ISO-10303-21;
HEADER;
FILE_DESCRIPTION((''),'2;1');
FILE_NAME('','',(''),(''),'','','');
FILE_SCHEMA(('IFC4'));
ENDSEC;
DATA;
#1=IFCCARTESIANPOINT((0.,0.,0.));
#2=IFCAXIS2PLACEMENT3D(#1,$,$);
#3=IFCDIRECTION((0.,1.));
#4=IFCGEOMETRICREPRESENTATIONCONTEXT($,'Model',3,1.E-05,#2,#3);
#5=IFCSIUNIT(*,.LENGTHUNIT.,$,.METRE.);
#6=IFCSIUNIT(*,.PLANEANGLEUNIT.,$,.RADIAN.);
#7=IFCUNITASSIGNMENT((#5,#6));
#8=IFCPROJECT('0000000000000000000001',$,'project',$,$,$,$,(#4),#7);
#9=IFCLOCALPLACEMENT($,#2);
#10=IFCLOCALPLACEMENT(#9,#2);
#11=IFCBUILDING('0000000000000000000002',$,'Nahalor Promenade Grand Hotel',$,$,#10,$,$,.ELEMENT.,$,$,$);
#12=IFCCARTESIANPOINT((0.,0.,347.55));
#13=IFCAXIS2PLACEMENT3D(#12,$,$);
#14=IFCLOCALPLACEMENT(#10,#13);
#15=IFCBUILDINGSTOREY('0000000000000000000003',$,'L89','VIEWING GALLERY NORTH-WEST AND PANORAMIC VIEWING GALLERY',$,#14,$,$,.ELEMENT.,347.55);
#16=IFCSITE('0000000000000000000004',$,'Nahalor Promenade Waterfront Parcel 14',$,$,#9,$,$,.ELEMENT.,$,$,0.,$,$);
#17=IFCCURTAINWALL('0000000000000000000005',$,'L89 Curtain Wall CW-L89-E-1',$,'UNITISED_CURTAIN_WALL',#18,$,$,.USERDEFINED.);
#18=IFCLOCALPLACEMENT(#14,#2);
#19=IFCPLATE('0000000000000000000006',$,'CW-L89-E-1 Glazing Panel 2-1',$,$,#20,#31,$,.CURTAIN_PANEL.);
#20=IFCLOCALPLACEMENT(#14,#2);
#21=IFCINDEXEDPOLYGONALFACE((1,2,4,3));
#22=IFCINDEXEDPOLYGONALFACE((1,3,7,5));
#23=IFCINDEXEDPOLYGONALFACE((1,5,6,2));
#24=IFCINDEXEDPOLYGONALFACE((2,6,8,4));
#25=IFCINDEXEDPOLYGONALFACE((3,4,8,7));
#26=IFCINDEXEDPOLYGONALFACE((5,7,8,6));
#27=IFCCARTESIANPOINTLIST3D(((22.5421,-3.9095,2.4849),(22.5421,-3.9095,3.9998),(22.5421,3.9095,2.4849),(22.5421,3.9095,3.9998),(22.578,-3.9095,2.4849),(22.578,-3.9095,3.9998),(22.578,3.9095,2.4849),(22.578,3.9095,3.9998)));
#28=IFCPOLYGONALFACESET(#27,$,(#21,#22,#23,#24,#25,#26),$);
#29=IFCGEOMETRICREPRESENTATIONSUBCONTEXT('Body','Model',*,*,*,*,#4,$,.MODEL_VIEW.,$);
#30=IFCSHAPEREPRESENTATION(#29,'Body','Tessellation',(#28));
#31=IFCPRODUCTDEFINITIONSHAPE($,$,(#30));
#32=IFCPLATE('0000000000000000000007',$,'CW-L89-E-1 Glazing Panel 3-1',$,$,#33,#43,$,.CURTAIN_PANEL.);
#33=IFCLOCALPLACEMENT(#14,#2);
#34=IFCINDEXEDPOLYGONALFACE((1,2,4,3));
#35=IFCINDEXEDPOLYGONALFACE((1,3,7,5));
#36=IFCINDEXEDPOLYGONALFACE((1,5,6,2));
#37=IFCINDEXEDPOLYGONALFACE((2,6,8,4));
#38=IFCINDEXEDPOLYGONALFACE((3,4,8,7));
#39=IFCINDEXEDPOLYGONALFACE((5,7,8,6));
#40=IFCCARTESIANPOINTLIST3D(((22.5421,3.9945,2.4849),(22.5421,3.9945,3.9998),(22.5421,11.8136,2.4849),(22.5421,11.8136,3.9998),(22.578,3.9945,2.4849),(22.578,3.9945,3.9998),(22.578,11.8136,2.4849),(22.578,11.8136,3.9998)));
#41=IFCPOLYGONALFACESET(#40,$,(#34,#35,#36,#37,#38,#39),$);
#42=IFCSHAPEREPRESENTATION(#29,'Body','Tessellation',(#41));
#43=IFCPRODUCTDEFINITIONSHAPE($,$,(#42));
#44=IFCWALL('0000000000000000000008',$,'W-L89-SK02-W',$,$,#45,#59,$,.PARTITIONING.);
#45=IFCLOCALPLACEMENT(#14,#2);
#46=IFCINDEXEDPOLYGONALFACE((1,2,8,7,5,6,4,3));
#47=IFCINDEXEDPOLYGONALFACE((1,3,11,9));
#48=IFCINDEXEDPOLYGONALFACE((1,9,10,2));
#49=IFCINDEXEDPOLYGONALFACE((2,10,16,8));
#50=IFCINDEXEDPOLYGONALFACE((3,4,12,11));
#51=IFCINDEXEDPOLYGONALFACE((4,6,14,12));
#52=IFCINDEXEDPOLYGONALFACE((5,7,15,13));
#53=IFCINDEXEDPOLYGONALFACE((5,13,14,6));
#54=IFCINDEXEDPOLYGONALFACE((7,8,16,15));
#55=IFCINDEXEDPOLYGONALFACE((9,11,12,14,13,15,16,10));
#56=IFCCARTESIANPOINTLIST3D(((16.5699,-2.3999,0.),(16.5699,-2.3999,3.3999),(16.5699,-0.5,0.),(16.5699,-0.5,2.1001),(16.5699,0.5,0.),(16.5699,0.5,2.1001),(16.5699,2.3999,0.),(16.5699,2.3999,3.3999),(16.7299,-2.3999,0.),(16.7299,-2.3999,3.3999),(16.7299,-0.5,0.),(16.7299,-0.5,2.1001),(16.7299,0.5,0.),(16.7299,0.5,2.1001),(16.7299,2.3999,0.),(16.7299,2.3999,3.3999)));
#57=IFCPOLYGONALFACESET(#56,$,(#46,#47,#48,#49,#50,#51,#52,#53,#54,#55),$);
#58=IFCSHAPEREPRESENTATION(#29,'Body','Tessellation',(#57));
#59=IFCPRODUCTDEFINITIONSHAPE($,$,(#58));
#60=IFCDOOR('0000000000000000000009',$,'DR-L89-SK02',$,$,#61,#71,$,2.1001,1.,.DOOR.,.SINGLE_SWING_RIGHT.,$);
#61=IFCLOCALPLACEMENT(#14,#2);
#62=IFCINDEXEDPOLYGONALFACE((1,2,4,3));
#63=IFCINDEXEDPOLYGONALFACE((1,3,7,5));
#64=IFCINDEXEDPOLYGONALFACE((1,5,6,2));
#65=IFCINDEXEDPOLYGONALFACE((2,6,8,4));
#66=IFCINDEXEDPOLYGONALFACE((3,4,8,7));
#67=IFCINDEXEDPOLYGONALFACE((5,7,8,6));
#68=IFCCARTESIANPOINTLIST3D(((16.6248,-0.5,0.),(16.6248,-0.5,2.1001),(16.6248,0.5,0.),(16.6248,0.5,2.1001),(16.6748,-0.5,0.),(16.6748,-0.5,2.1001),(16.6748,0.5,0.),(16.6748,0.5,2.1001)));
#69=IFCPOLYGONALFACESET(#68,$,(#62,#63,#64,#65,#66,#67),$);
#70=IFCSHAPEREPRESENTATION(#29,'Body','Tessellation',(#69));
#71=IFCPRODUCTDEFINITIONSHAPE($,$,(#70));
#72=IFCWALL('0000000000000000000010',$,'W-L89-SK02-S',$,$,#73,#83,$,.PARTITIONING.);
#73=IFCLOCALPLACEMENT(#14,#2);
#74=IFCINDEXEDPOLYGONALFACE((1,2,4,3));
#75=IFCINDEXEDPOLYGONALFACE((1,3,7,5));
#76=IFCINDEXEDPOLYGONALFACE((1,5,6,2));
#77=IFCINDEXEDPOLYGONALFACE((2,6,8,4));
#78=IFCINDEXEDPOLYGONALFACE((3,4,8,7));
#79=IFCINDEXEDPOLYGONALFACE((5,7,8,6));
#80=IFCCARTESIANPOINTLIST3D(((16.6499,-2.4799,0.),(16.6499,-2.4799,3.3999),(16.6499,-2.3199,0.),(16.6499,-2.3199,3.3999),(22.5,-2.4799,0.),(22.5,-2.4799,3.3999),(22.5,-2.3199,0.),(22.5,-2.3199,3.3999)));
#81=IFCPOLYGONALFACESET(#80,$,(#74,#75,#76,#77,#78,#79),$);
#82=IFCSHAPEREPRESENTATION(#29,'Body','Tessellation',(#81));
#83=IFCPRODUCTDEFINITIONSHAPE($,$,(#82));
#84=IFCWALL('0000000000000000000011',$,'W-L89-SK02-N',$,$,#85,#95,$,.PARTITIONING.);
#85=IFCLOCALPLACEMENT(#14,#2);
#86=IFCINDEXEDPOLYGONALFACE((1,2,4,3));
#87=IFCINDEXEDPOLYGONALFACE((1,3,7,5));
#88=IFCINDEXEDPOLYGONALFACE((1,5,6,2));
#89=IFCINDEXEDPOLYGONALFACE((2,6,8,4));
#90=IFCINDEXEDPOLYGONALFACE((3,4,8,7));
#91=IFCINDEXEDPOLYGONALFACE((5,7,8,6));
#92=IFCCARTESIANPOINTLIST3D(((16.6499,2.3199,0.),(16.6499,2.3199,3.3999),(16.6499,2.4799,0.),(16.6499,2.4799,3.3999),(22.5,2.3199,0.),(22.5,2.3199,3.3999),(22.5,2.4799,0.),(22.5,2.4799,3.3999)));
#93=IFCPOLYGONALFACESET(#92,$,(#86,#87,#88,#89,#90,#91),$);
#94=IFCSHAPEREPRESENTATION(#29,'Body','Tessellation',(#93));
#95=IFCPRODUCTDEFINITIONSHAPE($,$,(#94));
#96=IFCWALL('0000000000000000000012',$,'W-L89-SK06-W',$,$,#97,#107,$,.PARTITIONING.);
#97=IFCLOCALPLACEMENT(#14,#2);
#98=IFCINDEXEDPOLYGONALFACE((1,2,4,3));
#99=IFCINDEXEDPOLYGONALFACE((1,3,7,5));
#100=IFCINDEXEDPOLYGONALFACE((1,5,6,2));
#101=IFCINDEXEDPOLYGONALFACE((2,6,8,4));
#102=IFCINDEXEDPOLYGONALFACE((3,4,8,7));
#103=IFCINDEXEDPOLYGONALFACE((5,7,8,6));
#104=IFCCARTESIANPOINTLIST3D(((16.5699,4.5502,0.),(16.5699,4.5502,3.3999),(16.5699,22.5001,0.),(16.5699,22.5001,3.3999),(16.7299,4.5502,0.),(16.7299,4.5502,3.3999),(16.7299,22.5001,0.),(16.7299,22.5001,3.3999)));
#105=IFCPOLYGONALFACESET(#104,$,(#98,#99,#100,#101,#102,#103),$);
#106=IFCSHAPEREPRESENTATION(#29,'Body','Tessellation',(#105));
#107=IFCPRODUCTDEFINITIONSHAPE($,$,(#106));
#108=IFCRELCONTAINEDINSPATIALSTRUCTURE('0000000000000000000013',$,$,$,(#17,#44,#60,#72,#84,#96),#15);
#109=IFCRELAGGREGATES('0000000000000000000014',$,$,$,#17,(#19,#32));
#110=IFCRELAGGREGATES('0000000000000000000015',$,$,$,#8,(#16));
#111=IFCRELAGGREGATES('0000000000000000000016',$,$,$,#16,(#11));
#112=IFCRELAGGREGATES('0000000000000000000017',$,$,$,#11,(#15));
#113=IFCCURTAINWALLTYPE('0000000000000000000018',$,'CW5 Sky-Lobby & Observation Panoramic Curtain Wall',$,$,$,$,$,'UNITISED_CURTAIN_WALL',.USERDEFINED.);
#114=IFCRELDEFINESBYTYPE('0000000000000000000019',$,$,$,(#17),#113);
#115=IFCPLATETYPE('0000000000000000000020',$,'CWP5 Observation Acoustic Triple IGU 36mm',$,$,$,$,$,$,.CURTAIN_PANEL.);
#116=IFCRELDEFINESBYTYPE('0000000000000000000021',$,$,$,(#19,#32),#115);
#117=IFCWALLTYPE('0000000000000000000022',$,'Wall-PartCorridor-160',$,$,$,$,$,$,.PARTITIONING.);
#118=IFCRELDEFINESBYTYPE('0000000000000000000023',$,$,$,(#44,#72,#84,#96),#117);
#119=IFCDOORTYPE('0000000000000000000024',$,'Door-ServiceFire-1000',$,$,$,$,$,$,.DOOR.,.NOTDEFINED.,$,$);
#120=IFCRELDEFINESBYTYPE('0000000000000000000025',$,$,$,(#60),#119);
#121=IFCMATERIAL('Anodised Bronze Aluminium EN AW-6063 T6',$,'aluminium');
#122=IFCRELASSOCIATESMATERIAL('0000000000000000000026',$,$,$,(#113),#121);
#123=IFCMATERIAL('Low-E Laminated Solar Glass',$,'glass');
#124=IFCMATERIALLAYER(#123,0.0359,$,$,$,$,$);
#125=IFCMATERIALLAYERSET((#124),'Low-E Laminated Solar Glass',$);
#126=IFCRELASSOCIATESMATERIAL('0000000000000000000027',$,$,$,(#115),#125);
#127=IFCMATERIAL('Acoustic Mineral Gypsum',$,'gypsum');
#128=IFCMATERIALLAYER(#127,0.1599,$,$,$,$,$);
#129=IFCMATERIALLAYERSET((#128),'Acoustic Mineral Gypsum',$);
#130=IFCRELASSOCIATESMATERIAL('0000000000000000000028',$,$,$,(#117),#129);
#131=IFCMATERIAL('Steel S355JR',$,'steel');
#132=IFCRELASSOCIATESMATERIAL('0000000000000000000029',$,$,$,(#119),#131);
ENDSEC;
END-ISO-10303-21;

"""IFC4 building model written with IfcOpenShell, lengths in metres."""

from ifc_helpers import new_model, si_unit, direction, frame, frame_2d, origin, origin_2d, place, context, subcontext, project, spatial, rectangle, extrude, source, transform, mapped, material, layer, layer_set, type_object, element, fill, aggregate, save


model = new_model("IFC4")

# Units and contexts
model_context = context("Model", 3, precision=1e-05, world=origin(), true_north=direction((0.0, 1.0)))
body_context = subcontext(model_context, "Body", "Model", "MODEL_VIEW")
ifc_project = project(units=[si_unit("LENGTHUNIT", "METRE"), si_unit("PLANEANGLEUNIT", "RADIAN")], contexts=[model_context])

# Site, building, storey
site_placement = place(None, origin())
site = spatial("IfcSite", under=ifc_project, at=site_placement, Name="Nahalor Promenade Waterfront Parcel 14", CompositionType="ELEMENT", RefElevation=0.0)
building_placement = place(site_placement, origin())
building = spatial("IfcBuilding", under=site, at=building_placement, Name="Nahalor Promenade Grand Hotel", CompositionType="ELEMENT")
storey_placement = place(building_placement, frame((0.0, 0.0, 347.55)))
storey = spatial("IfcBuildingStorey", under=building, at=storey_placement, Name="L89", Description="VIEWING GALLERY NORTH-WEST AND PANORAMIC VIEWING GALLERY", CompositionType="ELEMENT", Elevation=347.55)

# Shared definitions
ifc_material_1 = material(Name="Steel S355JR", Category="steel")

# Curtain wall, plates
ifc_material_2 = material(Name="Anodised Bronze Aluminium EN AW-6063 T6", Category="aluminium")
curtain_wall_type = type_object("IfcCurtainWallType", Name="CW5 Sky-Lobby & Observation Panoramic Curtain Wall", ElementType="UNITISED_CURTAIN_WALL", PredefinedType="USERDEFINED", material=ifc_material_2)
curtain_wall_placement = place(storey_placement, origin())
curtain_wall = element("IfcCurtainWall", 1, at=curtain_wall_placement, inside=storey, type_object=curtain_wall_type, Name="L89 Curtain Wall CW-L89-E-1", ObjectType="UNITISED_CURTAIN_WALL", PredefinedType="USERDEFINED")
ifc_material_3 = material(Name="Low-E Laminated Solar Glass", Category="glass")
ifc_layer_1 = layer(ifc_material_3, 0.0359)
ifc_layer_set_1 = layer_set([ifc_layer_1], Name="Low-E Laminated Solar Glass")
plate_type = type_object("IfcPlateType", Name="CWP5 Observation Acoustic Triple IGU 36mm", PredefinedType="CURTAIN_PANEL", material=ifc_layer_set_1)
shared_shape_1 = source(origin(), body_context, "Body", "SweptSolid", [
    extrude(rectangle(XDim=7.8191, YDim=0.0359, at=origin_2d()), origin(), (0.0, 0.0, 1.0), 1.5149),
])
plate_1_placement = place(storey_placement, frame((22.5601, 0.0, 2.4849), z_axis=(0.0, 0.0, 1.0), x_axis=(0.0, 1.0, 0.0)))
plate_1 = element("IfcPlate", 2, at=plate_1_placement, type_object=plate_type, Name="CW-L89-E-1 Glazing Panel 2-1", PredefinedType="CURTAIN_PANEL", context=body_context, shape_type="MappedRepresentation", body=[
    mapped(shared_shape_1, transform((0.0, 0.0, 0.0), scale=1.0)),
])
plate_2_placement = place(storey_placement, frame((22.5601, 7.9041, 2.4849), z_axis=(0.0, 0.0, 1.0), x_axis=(0.0, 1.0, 0.0)))
plate_2 = element("IfcPlate", 3, at=plate_2_placement, type_object=plate_type, Name="CW-L89-E-1 Glazing Panel 3-1", PredefinedType="CURTAIN_PANEL", context=body_context, shape_type="MappedRepresentation", body=[
    mapped(shared_shape_1, transform((0.0, 0.0, 0.0), scale=1.0)),
])
aggregate(curtain_wall, [plate_1, plate_2])

# Wall, opening, door
ifc_material_4 = material(Name="Acoustic Mineral Gypsum", Category="gypsum")
ifc_layer_2 = layer(ifc_material_4, 0.1599)
ifc_layer_set_2 = layer_set([ifc_layer_2], Name="Acoustic Mineral Gypsum")
wall_type = type_object("IfcWallType", Name="Wall-PartCorridor-160", PredefinedType="PARTITIONING", material=ifc_layer_set_2)
shared_shape_2 = source(origin(), body_context, "Body", "SweptSolid", [
    extrude(rectangle(XDim=4.7998, YDim=0.1599, at=frame_2d((2.3999, 0.0))), origin(), (0.0, 0.0, 1.0), 3.3999),
])
wall_1_placement = place(storey_placement, frame((16.6499, -2.3999, 0.0), z_axis=(0.0, 0.0, 1.0), x_axis=(0.0, 1.0, 0.0)))
wall_1 = element("IfcWall", 4, at=wall_1_placement, inside=storey, type_object=wall_type, Name="W-L89-SK02-W", PredefinedType="PARTITIONING", context=body_context, shape_type="MappedRepresentation", body=[
    mapped(shared_shape_2, transform((0.0, 0.0, 0.0), scale=1.0)),
])
opening_1_placement = place(wall_1_placement, frame((1.8999, 0.0, 0.0)))
opening_1 = element("IfcOpeningElement", 5, at=opening_1_placement, cuts=wall_1, PredefinedType="OPENING", context=body_context, shape_type="SweptSolid", body=[
    extrude(rectangle(XDim=1.0, YDim=2.1001, at=frame_2d((0.5, 1.05))), frame((0.0, 0.0898, 0.0), z_axis=(0.0, -1.0, 0.0), x_axis=(1.0, 0.0, 0.0)), (0.0, 0.0, 1.0), 0.1799),
])
door_type_1 = type_object("IfcDoorType", Name="Door-ServiceFire-1000", OperationType="NOTDEFINED", PredefinedType="DOOR", material=ifc_material_1)
shared_shape_3 = source(origin(), body_context, "Body", "SweptSolid", [
    extrude(rectangle(XDim=1.0, YDim=2.1001, at=frame_2d((0.5, 1.05))), frame((0.0, 0.0249, 0.0), z_axis=(0.0, -1.0, 0.0), x_axis=(1.0, 0.0, 0.0)), (0.0, 0.0, 1.0), 0.05),
])
door_1_placement = place(opening_1_placement, frame((1.0, 0.0, 0.0), z_axis=(0.0, 0.0, 1.0), x_axis=(-1.0, 0.0, 0.0)))
door_1 = element("IfcDoor", 6, at=door_1_placement, inside=storey, type_object=door_type_1, Name="DR-L89-SK02", OperationType="SINGLE_SWING_RIGHT", OverallHeight=2.1001, OverallWidth=1.0, PredefinedType="DOOR", context=body_context, shape_type="MappedRepresentation", body=[
    mapped(shared_shape_3, transform((0.0, 0.0, 0.0), scale=1.0)),
])
fill(opening_1, door_1)

# Walls
shared_shape_4 = source(origin(), body_context, "Body", "SweptSolid", [
    extrude(rectangle(XDim=5.8501, YDim=0.1599, at=frame_2d((2.925, 0.0))), origin(), (0.0, 0.0, 1.0), 3.3999),
])
for number, where, z_axis, x_axis, name in (
    (7, (16.6499, -2.3999, 0.0), (0.0, 0.0, 1.0), (1.0, 0.0, 0.0), "W-L89-SK02-S"),
    (8, (16.6499, 2.3999, 0.0), (0.0, 0.0, 1.0), (1.0, 0.0, 0.0), "W-L89-SK02-N"),
):
    element("IfcWall", number, at=place(storey_placement, frame(where, z_axis=z_axis, x_axis=x_axis)), inside=storey, type_object=wall_type, Name=name, PredefinedType="PARTITIONING", context=body_context, shape_type="MappedRepresentation", body=[
        mapped(shared_shape_4, transform((0.0, 0.0, 0.0), scale=1.0)),
    ])

# Wall
shared_shape_5 = source(origin(), body_context, "Body", "SweptSolid", [
    extrude(rectangle(XDim=17.95, YDim=0.1599, at=frame_2d((8.9751, 0.0))), origin(), (0.0, 0.0, 1.0), 3.3999),
])
wall_2_placement = place(storey_placement, frame((16.6499, 4.55, 0.0), z_axis=(0.0, 0.0, 1.0), x_axis=(0.0, 1.0, 0.0)))
element("IfcWall", 9, at=wall_2_placement, inside=storey, type_object=wall_type, Name="W-L89-SK06-W", PredefinedType="PARTITIONING", context=body_context, shape_type="MappedRepresentation", body=[
    mapped(shared_shape_5, transform((0.0, 0.0, 0.0), scale=1.0)),
])

save(model, "model.ifc")
